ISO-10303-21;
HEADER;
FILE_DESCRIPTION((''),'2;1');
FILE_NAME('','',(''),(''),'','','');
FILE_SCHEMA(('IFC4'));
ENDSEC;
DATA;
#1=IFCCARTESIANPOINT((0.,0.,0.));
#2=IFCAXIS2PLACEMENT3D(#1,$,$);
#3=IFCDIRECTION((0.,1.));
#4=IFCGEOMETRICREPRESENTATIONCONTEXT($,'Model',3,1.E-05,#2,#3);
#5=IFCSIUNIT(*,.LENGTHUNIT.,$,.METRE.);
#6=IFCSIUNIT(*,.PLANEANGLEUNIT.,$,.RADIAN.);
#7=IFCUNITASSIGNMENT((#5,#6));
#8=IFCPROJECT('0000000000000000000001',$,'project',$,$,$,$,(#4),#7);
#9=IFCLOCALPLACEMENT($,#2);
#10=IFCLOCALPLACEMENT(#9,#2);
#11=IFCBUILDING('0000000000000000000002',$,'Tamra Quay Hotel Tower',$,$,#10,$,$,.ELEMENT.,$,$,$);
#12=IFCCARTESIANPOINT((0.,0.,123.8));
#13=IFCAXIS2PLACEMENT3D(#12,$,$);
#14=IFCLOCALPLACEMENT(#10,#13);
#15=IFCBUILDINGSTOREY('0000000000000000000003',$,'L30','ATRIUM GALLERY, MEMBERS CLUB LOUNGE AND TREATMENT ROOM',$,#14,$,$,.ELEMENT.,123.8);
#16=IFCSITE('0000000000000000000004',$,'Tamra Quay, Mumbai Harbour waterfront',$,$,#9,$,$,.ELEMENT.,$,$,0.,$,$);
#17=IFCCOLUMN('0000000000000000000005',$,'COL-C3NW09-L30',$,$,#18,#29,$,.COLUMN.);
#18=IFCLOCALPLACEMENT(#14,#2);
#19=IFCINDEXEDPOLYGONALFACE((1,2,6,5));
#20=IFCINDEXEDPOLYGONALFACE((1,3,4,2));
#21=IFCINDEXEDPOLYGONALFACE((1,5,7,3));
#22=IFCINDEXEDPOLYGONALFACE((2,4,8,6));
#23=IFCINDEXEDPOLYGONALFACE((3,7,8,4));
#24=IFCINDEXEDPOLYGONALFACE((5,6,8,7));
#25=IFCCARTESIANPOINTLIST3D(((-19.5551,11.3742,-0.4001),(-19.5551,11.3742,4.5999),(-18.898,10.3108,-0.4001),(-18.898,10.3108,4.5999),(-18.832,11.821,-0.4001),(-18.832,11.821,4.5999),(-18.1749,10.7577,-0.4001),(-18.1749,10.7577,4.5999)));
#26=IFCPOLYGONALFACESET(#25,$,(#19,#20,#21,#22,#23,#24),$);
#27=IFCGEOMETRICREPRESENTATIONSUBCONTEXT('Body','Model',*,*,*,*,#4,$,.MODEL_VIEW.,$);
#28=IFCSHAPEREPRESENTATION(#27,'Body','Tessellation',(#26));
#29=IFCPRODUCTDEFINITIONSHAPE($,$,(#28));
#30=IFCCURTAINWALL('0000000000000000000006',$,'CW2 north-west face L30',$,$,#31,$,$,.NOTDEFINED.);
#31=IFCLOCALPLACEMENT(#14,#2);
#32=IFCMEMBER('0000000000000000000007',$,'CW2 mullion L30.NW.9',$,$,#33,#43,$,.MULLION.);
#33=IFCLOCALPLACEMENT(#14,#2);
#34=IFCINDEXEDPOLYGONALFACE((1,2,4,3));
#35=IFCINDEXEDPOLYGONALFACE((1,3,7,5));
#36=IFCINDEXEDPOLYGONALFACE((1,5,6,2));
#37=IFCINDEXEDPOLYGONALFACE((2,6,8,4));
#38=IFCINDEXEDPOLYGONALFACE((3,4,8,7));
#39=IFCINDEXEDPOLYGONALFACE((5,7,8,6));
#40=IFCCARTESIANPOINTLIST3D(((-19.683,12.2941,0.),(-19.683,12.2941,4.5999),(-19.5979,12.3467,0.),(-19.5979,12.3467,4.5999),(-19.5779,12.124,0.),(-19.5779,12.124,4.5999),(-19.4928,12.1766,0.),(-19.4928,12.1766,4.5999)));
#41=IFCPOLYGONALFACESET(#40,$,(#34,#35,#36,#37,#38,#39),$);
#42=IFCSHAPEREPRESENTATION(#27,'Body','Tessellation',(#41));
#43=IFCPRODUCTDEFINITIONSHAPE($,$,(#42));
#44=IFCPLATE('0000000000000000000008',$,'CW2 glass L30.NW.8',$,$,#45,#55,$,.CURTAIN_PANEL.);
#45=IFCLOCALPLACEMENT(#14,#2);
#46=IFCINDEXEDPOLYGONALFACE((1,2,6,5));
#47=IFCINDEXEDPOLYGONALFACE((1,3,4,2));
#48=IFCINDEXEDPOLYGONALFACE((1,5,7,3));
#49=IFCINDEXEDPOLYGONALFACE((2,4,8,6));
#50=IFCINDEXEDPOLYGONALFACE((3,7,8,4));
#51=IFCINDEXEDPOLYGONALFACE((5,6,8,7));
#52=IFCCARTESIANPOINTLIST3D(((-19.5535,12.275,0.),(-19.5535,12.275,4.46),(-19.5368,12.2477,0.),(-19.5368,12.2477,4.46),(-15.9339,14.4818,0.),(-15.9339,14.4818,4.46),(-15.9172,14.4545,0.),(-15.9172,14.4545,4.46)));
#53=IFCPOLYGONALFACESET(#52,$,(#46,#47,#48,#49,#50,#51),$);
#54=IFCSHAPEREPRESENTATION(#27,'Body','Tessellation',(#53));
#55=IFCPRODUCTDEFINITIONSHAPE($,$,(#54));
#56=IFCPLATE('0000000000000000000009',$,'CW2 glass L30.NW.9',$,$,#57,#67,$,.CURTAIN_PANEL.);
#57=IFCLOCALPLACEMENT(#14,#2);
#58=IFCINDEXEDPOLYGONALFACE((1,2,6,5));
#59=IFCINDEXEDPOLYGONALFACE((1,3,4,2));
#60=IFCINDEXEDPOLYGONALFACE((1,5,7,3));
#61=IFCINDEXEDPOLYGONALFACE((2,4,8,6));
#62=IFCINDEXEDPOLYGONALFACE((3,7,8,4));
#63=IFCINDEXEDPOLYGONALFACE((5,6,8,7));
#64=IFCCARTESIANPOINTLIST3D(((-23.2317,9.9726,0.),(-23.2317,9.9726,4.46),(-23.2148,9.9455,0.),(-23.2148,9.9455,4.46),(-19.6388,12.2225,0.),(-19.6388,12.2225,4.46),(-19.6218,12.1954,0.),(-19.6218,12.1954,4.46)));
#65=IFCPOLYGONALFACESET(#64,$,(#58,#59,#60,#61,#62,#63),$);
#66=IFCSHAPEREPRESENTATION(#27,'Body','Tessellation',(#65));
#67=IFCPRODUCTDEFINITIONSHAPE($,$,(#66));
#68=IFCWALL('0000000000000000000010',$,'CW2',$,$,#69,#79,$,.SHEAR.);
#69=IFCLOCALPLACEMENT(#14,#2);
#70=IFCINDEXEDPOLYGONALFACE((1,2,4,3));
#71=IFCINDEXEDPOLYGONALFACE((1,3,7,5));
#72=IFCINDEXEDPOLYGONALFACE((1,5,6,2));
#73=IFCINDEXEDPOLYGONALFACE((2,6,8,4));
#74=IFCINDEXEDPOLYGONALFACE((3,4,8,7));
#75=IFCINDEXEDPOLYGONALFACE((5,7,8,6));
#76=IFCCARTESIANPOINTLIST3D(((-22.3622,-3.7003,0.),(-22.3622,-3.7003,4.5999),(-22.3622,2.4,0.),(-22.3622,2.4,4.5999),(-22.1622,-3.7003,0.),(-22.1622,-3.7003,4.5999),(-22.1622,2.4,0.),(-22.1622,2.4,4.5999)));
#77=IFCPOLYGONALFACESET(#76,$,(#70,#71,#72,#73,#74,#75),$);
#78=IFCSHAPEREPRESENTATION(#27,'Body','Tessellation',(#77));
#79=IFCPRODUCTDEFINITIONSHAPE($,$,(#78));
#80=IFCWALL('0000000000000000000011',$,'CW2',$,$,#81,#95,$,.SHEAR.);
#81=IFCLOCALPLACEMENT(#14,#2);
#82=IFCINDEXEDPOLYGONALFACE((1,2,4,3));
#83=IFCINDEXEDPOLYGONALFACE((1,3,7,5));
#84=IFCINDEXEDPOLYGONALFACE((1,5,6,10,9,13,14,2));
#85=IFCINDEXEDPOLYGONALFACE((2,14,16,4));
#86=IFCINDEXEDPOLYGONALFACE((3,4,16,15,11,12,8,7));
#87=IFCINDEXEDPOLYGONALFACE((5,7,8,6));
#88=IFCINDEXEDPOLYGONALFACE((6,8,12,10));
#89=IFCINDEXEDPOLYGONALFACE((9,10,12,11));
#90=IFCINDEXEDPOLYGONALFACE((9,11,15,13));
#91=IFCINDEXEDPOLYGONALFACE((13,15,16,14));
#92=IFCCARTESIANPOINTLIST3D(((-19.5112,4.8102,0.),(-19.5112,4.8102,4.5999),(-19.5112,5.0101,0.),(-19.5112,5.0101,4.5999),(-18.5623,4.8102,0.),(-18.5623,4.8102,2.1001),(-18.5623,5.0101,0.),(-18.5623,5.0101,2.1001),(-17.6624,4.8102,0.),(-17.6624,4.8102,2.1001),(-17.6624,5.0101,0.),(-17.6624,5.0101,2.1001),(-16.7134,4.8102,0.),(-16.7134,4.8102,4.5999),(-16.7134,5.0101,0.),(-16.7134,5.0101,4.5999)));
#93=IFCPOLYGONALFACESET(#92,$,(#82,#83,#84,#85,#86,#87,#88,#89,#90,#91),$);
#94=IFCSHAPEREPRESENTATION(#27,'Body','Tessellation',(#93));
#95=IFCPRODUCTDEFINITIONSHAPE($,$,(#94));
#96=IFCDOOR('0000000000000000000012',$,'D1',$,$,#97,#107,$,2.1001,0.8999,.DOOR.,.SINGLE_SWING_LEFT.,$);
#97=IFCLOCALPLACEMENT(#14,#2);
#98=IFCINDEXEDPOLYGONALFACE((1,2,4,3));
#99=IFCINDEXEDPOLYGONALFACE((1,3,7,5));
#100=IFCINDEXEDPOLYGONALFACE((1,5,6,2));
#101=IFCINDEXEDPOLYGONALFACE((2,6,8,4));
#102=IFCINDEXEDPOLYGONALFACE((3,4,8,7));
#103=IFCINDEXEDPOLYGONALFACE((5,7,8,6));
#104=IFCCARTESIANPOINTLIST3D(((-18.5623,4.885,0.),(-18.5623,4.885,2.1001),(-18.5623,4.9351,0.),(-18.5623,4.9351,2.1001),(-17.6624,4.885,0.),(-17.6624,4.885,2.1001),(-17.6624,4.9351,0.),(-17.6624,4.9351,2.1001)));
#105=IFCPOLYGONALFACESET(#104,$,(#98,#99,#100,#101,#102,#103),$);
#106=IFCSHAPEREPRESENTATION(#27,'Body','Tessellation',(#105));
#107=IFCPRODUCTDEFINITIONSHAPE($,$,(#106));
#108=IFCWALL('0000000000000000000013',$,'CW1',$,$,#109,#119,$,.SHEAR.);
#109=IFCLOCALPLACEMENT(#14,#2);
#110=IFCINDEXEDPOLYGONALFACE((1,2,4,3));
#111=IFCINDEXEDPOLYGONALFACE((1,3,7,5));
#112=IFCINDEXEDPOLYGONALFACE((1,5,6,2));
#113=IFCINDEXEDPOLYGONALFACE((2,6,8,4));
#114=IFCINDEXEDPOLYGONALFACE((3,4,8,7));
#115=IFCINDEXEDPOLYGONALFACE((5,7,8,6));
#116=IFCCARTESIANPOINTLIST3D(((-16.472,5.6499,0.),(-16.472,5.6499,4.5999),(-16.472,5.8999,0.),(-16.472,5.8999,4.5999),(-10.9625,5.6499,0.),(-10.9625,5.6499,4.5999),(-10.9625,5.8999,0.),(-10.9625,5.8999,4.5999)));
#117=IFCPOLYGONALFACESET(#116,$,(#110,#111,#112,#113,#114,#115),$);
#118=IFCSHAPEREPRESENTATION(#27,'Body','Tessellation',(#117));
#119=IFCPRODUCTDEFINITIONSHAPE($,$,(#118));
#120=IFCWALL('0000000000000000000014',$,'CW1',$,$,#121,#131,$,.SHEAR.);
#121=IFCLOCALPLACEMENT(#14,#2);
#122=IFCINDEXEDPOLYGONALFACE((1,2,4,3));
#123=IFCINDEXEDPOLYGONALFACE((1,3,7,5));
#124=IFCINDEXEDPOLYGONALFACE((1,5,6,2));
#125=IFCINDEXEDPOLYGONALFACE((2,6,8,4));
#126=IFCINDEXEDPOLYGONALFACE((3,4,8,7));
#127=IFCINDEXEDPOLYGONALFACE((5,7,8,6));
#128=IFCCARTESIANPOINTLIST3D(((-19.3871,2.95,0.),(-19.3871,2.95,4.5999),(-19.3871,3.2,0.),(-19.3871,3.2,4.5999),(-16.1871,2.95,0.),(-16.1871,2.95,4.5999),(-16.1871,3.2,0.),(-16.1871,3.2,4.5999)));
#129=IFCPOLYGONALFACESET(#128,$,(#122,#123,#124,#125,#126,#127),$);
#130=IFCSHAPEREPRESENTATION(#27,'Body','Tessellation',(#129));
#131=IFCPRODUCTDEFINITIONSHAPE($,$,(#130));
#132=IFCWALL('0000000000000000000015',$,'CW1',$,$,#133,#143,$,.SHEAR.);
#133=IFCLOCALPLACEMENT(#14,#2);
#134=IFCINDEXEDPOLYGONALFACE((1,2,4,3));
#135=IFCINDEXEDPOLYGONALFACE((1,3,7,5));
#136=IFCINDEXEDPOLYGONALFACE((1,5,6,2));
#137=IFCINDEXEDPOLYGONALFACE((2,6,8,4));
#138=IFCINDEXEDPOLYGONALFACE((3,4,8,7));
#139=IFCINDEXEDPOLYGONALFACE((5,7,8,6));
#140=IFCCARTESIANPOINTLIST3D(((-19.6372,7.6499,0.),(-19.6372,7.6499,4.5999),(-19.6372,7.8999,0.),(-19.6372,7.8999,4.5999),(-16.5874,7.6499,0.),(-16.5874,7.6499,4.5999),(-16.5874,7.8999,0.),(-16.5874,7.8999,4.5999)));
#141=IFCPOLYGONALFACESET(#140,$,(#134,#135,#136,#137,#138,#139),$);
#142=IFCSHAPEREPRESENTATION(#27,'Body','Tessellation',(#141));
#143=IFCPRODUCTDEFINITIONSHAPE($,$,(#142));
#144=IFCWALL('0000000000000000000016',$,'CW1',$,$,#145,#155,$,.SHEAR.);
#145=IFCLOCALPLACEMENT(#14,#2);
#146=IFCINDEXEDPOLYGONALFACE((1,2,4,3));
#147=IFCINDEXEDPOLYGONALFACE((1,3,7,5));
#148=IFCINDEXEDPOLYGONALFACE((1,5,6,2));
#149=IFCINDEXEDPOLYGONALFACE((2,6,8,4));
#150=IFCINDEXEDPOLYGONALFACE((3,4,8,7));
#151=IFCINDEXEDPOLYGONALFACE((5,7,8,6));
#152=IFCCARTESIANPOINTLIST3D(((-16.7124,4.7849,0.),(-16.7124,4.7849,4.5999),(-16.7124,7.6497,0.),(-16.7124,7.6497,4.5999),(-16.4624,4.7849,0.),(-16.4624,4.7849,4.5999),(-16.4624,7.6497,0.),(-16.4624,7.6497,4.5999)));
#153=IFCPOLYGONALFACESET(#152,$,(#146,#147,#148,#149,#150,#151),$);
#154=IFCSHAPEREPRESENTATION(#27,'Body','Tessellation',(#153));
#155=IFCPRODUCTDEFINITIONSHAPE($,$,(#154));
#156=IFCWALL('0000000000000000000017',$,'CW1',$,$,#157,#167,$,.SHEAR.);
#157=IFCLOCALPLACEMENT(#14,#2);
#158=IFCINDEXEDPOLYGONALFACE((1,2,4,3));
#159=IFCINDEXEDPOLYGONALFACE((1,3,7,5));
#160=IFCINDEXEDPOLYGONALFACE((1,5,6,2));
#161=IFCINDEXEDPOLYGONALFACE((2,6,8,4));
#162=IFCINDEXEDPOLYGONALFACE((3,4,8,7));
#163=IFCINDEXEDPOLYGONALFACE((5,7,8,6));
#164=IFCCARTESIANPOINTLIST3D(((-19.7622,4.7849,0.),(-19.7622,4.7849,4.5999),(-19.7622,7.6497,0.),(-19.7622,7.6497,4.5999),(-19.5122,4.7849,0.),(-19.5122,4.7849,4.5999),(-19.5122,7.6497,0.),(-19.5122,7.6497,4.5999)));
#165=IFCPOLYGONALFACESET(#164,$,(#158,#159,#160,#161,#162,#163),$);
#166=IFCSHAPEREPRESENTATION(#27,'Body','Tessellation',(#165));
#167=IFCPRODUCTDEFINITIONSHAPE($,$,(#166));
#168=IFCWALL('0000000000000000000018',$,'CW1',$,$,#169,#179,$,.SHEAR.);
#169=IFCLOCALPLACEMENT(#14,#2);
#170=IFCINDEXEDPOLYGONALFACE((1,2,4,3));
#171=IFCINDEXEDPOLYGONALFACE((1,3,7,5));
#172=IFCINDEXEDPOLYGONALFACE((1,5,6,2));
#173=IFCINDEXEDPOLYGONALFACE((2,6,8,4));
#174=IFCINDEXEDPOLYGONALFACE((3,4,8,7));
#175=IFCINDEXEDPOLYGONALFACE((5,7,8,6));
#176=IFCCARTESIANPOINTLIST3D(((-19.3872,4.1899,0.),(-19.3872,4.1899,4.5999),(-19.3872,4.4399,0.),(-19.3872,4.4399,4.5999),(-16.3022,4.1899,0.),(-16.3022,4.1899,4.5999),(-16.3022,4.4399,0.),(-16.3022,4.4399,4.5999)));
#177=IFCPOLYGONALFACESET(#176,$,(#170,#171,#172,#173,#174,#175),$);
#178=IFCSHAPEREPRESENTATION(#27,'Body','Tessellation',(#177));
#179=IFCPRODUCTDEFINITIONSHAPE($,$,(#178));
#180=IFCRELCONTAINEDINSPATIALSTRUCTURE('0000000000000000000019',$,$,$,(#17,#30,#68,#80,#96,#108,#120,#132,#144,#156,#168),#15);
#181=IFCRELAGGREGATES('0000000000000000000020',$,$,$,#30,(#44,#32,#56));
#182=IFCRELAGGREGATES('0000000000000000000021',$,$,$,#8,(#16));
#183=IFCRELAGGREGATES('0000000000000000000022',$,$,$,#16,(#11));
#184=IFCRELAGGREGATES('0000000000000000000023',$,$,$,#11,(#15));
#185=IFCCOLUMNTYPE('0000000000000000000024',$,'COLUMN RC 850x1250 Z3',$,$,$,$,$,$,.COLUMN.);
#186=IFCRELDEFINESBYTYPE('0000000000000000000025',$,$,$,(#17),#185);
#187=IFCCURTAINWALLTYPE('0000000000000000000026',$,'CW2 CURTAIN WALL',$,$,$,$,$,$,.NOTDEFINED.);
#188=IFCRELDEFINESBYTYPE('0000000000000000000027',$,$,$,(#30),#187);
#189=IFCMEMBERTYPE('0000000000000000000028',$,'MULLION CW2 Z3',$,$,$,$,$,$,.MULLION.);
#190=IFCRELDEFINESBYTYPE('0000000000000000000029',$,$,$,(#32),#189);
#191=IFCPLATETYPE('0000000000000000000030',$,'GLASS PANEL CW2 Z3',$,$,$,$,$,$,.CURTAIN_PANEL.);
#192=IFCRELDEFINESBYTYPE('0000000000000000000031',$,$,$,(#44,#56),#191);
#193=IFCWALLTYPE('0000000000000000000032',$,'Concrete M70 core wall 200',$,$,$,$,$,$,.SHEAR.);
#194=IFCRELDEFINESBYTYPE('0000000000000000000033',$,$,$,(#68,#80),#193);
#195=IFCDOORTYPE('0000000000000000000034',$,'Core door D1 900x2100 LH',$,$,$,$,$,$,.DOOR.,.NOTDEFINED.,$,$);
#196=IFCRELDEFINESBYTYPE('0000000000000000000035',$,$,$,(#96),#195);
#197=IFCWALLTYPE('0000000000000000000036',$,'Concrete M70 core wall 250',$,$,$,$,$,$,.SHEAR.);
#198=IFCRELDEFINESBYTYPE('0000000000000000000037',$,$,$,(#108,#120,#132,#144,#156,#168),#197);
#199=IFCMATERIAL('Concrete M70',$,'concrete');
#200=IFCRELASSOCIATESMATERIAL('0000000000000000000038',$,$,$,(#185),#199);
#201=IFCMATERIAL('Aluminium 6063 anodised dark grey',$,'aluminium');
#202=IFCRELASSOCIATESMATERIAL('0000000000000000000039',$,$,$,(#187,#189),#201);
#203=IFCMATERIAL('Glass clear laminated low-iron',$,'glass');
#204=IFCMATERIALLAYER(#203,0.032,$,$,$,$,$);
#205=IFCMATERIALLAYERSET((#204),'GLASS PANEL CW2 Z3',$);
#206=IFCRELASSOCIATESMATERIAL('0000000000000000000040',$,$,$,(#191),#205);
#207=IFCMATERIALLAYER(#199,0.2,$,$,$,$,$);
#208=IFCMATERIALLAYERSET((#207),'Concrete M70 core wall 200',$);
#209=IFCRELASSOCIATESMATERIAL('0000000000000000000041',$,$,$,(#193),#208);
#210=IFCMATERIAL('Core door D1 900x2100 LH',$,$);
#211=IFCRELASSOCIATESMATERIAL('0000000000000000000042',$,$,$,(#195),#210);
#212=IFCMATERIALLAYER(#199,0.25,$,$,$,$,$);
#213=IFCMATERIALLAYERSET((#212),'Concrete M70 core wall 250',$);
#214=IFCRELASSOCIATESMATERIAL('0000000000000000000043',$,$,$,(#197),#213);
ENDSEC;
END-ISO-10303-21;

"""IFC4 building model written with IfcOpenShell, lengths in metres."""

from ifc_helpers import new_model, si_unit, direction, frame, frame_2d, origin, origin_2d, place, context, subcontext, project, spatial, rectangle, extrude, material, layer, layer_set, material_profile, profile_set, type_object, element, fill, aggregate, save


model = new_model("IFC4")

# Units and contexts
model_context = context("Model", 3, precision=1e-05, world=origin(), true_north=direction((0.0, 1.0)))
body_context = subcontext(model_context, "Body", "Model", "MODEL_VIEW")
ifc_project = project(units=[si_unit("LENGTHUNIT", "METRE"), si_unit("PLANEANGLEUNIT", "RADIAN")], contexts=[model_context])

# Site, building, storey
site_placement = place(None, origin())
site = spatial("IfcSite", under=ifc_project, at=site_placement, Name="Tamra Quay, Mumbai Harbour waterfront", CompositionType="ELEMENT", RefElevation=0.0)
building_placement = place(site_placement, origin())
building = spatial("IfcBuilding", under=site, at=building_placement, Name="Tamra Quay Hotel Tower", CompositionType="ELEMENT")
storey_placement = place(building_placement, frame((0.0, 0.0, 123.8)))
storey = spatial("IfcBuildingStorey", under=building, at=storey_placement, Name="L30", Description="ATRIUM GALLERY, MEMBERS CLUB LOUNGE AND TREATMENT ROOM", CompositionType="ELEMENT", Elevation=123.8)

# Column
ifc_material_1 = material(Name="Concrete M70", Category="concrete")
ifc_material_profile_1 = material_profile(ifc_material_1, rectangle(XDim=1.25, YDim=0.8501, at=origin_2d()), Name="COLUMN RC 850x1250 Z3")
ifc_profile_set_1 = profile_set([ifc_material_profile_1], Name="Concrete M70")
column_type = type_object("IfcColumnType", Name="COLUMN RC 850x1250 Z3", PredefinedType="COLUMN", material=ifc_profile_set_1)
column_placement = place(storey_placement, frame((-18.865, 11.0659, -0.4001), z_axis=(0.0, 0.0, 1.0), x_axis=(-0.525677, 0.850685, 0.0)))
element("IfcColumn", 1, at=column_placement, inside=storey, type_object=column_type, Name="COL-C3NW09-L30", PredefinedType="COLUMN", context=body_context, shape_type="SweptSolid", body=[
    extrude(rectangle(XDim=1.25, YDim=0.8501, at=origin_2d()), origin(), (0.0, 0.0, 1.0), 5.0),
])

# Curtain wall, member, plates
ifc_material_2 = material(Name="Aluminium 6063 anodised dark grey", Category="aluminium")
curtain_wall_type = type_object("IfcCurtainWallType", Name="CW2 CURTAIN WALL", PredefinedType="NOTDEFINED", material=ifc_material_2)
curtain_wall_placement = place(storey_placement, origin())
curtain_wall = element("IfcCurtainWall", 2, at=curtain_wall_placement, inside=storey, type_object=curtain_wall_type, Name="CW2 north-west face L30", PredefinedType="NOTDEFINED")
ifc_material_profile_2 = material_profile(ifc_material_2, rectangle(XDim=0.2, YDim=0.1001, at=origin_2d()), Name="MULLION 100X200")
ifc_profile_set_2 = profile_set([ifc_material_profile_2], Name="Aluminium 6063 anodised dark grey")
member_type = type_object("IfcMemberType", Name="MULLION CW2 Z3", PredefinedType="MULLION", material=ifc_profile_set_2)
member_placement = place(storey_placement, frame((-19.5879, 12.2354, 0.0), z_axis=(0.0, 0.0, 1.0), x_axis=(-0.525646, 0.850703, 0.0)))
member = element("IfcMember", 3, at=member_placement, type_object=member_type, Name="CW2 mullion L30.NW.9", PredefinedType="MULLION", context=body_context, shape_type="SweptSolid", body=[
    extrude(rectangle(XDim=0.2, YDim=0.1001, at=origin_2d()), origin(), (0.0, 0.0, 1.0), 4.5999),
])
ifc_material_3 = material(Name="Glass clear laminated low-iron", Category="glass")
ifc_layer_1 = layer(ifc_material_3, 0.032)
ifc_layer_set_1 = layer_set([ifc_layer_1], Name="GLASS PANEL CW2 Z3")
plate_type = type_object("IfcPlateType", Name="GLASS PANEL CW2 Z3", PredefinedType="CURTAIN_PANEL", material=ifc_layer_set_1)
plate_1_placement = place(storey_placement, frame((-17.7354, 13.3647, 0.0), z_axis=(0.0, 0.0, 1.0), x_axis=(-0.85383, -0.520552, 0.0)))
plate_1 = element("IfcPlate", 4, at=plate_1_placement, type_object=plate_type, Name="CW2 glass L30.NW.8", PredefinedType="CURTAIN_PANEL", context=body_context, shape_type="SweptSolid", body=[
    extrude(rectangle(XDim=4.2393, YDim=0.032, at=origin_2d()), origin(), (0.0, 0.0, 1.0), 4.46),
])
plate_2_placement = place(storey_placement, frame((-21.4268, 11.084, 0.0), z_axis=(0.0, 0.0, 1.0), x_axis=(-0.847546, -0.530721, 0.0)))
plate_2 = element("IfcPlate", 5, at=plate_2_placement, type_object=plate_type, Name="CW2 glass L30.NW.9", PredefinedType="CURTAIN_PANEL", context=body_context, shape_type="SweptSolid", body=[
    extrude(rectangle(XDim=4.2393, YDim=0.032, at=origin_2d()), origin(), (0.0, 0.0, 1.0), 4.46),
])
aggregate(curtain_wall, [plate_1, member, plate_2])

# Wall
ifc_layer_2 = layer(ifc_material_1, 0.2)
ifc_layer_set_2 = layer_set([ifc_layer_2], Name="Concrete M70 core wall 200")
wall_type_1 = type_object("IfcWallType", Name="Concrete M70 core wall 200", PredefinedType="SHEAR", material=ifc_layer_set_2)
wall_1_placement = place(storey_placement, frame((-22.2622, 2.4001, 0.0), z_axis=(0.0, 0.0, 1.0), x_axis=(0.0, -1.0, 0.0)))
element("IfcWall", 6, at=wall_1_placement, inside=storey, type_object=wall_type_1, Name="CW2", PredefinedType="SHEAR", context=body_context, shape_type="SweptSolid", body=[
    extrude(rectangle(XDim=6.1003, YDim=0.2, at=frame_2d((3.0503, 0.0))), origin(), (0.0, 0.0, 1.0), 4.5999),
])

# Wall, opening, door
wall_2_placement = place(storey_placement, frame((-19.5112, 4.9102, 0.0), z_axis=(0.0, 0.0, 1.0), x_axis=(1.0, 0.0, 0.0)))
wall_2 = element("IfcWall", 7, at=wall_2_placement, inside=storey, type_object=wall_type_1, Name="CW2", PredefinedType="SHEAR", context=body_context, shape_type="SweptSolid", body=[
    extrude(rectangle(XDim=2.7979, YDim=0.2, at=frame_2d((1.3989, 0.0))), origin(), (0.0, 0.0, 1.0), 4.5999),
])
opening_1_placement = place(wall_2_placement, frame((0.949, 0.0, 0.0)))
opening_1 = element("IfcOpeningElement", 8, at=opening_1_placement, cuts=wall_2, PredefinedType="OPENING", context=body_context, shape_type="SweptSolid", body=[
    extrude(rectangle(XDim=0.8999, YDim=2.1001, at=frame_2d((0.45, 1.05))), frame((0.0, 0.1099, 0.0), z_axis=(0.0, -1.0, 0.0), x_axis=(1.0, 0.0, 0.0)), (0.0, 0.0, 1.0), 0.22),
])
ifc_material_4 = material(Name="Core door D1 900x2100 LH")
door_type_1 = type_object("IfcDoorType", Name="Core door D1 900x2100 LH", OperationType="NOTDEFINED", PredefinedType="DOOR", material=ifc_material_4)
door_1_placement = place(opening_1_placement, origin())
door_1 = element("IfcDoor", 9, at=door_1_placement, inside=storey, type_object=door_type_1, Name="D1", OperationType="SINGLE_SWING_LEFT", OverallHeight=2.1001, OverallWidth=0.8999, PredefinedType="DOOR", context=body_context, shape_type="SweptSolid", body=[
    extrude(rectangle(XDim=0.8999, YDim=2.1001, at=frame_2d((0.45, 1.05))), frame((0.0, 0.0249, 0.0), z_axis=(0.0, -1.0, 0.0), x_axis=(1.0, 0.0, 0.0)), (0.0, 0.0, 1.0), 0.05),
])
fill(opening_1, door_1)

# Walls
ifc_layer_3 = layer(ifc_material_1, 0.25)
ifc_layer_set_3 = layer_set([ifc_layer_3], Name="Concrete M70 core wall 250")
wall_type_2 = type_object("IfcWallType", Name="Concrete M70 core wall 250", PredefinedType="SHEAR", material=ifc_layer_set_3)
wall_3_placement = place(storey_placement, frame((-16.4722, 5.7749, 0.0), z_axis=(0.0, 0.0, 1.0), x_axis=(1.0, 0.0, 0.0)))
element("IfcWall", 10, at=wall_3_placement, inside=storey, type_object=wall_type_2, Name="CW1", PredefinedType="SHEAR", context=body_context, shape_type="SweptSolid", body=[
    extrude(rectangle(XDim=5.5095, YDim=0.25, at=frame_2d((2.7549, 0.0))), origin(), (0.0, 0.0, 1.0), 4.5999),
])
wall_4_placement = place(storey_placement, frame((-19.3872, 3.075, 0.0), z_axis=(0.0, 0.0, 1.0), x_axis=(1.0, 0.0, 0.0)))
element("IfcWall", 11, at=wall_4_placement, inside=storey, type_object=wall_type_2, Name="CW1", PredefinedType="SHEAR", context=body_context, shape_type="SweptSolid", body=[
    extrude(rectangle(XDim=3.2, YDim=0.25, at=frame_2d((1.6001, 0.0))), origin(), (0.0, 0.0, 1.0), 4.5999),
])
wall_5_placement = place(storey_placement, frame((-19.6372, 7.7749, 0.0), z_axis=(0.0, 0.0, 1.0), x_axis=(1.0, 0.0, 0.0)))
element("IfcWall", 12, at=wall_5_placement, inside=storey, type_object=wall_type_2, Name="CW1", PredefinedType="SHEAR", context=body_context, shape_type="SweptSolid", body=[
    extrude(rectangle(XDim=3.0498, YDim=0.25, at=frame_2d((1.5249, 0.0))), origin(), (0.0, 0.0, 1.0), 4.5999),
])
for number, where, z_axis, x_axis, name in (
    (13, (-16.5874, 7.6497, 0.0), (0.0, 0.0, 1.0), (0.0, -1.0, 0.0), "CW1"),
    (14, (-19.6372, 4.7849, 0.0), (0.0, 0.0, 1.0), (0.0, 1.0, 0.0), "CW1"),
):
    element("IfcWall", number, at=place(storey_placement, frame(where, z_axis=z_axis, x_axis=x_axis)), inside=storey, type_object=wall_type_2, Name=name, PredefinedType="SHEAR", context=body_context, shape_type="SweptSolid", body=[
        extrude(rectangle(XDim=2.8647, YDim=0.25, at=frame_2d((1.4324, 0.0))), origin(), (0.0, 0.0, 1.0), 4.5999),
    ])
wall_6_placement = place(storey_placement, frame((-16.3022, 4.3149, 0.0), z_axis=(0.0, 0.0, 1.0), x_axis=(-1.0, 0.0, 0.0)))
element("IfcWall", 15, at=wall_6_placement, inside=storey, type_object=wall_type_2, Name="CW1", PredefinedType="SHEAR", context=body_context, shape_type="SweptSolid", body=[
    extrude(rectangle(XDim=3.085, YDim=0.25, at=frame_2d((1.5425, 0.0))), origin(), (0.0, 0.0, 1.0), 4.5999),
])

save(model, "model.ifc")
